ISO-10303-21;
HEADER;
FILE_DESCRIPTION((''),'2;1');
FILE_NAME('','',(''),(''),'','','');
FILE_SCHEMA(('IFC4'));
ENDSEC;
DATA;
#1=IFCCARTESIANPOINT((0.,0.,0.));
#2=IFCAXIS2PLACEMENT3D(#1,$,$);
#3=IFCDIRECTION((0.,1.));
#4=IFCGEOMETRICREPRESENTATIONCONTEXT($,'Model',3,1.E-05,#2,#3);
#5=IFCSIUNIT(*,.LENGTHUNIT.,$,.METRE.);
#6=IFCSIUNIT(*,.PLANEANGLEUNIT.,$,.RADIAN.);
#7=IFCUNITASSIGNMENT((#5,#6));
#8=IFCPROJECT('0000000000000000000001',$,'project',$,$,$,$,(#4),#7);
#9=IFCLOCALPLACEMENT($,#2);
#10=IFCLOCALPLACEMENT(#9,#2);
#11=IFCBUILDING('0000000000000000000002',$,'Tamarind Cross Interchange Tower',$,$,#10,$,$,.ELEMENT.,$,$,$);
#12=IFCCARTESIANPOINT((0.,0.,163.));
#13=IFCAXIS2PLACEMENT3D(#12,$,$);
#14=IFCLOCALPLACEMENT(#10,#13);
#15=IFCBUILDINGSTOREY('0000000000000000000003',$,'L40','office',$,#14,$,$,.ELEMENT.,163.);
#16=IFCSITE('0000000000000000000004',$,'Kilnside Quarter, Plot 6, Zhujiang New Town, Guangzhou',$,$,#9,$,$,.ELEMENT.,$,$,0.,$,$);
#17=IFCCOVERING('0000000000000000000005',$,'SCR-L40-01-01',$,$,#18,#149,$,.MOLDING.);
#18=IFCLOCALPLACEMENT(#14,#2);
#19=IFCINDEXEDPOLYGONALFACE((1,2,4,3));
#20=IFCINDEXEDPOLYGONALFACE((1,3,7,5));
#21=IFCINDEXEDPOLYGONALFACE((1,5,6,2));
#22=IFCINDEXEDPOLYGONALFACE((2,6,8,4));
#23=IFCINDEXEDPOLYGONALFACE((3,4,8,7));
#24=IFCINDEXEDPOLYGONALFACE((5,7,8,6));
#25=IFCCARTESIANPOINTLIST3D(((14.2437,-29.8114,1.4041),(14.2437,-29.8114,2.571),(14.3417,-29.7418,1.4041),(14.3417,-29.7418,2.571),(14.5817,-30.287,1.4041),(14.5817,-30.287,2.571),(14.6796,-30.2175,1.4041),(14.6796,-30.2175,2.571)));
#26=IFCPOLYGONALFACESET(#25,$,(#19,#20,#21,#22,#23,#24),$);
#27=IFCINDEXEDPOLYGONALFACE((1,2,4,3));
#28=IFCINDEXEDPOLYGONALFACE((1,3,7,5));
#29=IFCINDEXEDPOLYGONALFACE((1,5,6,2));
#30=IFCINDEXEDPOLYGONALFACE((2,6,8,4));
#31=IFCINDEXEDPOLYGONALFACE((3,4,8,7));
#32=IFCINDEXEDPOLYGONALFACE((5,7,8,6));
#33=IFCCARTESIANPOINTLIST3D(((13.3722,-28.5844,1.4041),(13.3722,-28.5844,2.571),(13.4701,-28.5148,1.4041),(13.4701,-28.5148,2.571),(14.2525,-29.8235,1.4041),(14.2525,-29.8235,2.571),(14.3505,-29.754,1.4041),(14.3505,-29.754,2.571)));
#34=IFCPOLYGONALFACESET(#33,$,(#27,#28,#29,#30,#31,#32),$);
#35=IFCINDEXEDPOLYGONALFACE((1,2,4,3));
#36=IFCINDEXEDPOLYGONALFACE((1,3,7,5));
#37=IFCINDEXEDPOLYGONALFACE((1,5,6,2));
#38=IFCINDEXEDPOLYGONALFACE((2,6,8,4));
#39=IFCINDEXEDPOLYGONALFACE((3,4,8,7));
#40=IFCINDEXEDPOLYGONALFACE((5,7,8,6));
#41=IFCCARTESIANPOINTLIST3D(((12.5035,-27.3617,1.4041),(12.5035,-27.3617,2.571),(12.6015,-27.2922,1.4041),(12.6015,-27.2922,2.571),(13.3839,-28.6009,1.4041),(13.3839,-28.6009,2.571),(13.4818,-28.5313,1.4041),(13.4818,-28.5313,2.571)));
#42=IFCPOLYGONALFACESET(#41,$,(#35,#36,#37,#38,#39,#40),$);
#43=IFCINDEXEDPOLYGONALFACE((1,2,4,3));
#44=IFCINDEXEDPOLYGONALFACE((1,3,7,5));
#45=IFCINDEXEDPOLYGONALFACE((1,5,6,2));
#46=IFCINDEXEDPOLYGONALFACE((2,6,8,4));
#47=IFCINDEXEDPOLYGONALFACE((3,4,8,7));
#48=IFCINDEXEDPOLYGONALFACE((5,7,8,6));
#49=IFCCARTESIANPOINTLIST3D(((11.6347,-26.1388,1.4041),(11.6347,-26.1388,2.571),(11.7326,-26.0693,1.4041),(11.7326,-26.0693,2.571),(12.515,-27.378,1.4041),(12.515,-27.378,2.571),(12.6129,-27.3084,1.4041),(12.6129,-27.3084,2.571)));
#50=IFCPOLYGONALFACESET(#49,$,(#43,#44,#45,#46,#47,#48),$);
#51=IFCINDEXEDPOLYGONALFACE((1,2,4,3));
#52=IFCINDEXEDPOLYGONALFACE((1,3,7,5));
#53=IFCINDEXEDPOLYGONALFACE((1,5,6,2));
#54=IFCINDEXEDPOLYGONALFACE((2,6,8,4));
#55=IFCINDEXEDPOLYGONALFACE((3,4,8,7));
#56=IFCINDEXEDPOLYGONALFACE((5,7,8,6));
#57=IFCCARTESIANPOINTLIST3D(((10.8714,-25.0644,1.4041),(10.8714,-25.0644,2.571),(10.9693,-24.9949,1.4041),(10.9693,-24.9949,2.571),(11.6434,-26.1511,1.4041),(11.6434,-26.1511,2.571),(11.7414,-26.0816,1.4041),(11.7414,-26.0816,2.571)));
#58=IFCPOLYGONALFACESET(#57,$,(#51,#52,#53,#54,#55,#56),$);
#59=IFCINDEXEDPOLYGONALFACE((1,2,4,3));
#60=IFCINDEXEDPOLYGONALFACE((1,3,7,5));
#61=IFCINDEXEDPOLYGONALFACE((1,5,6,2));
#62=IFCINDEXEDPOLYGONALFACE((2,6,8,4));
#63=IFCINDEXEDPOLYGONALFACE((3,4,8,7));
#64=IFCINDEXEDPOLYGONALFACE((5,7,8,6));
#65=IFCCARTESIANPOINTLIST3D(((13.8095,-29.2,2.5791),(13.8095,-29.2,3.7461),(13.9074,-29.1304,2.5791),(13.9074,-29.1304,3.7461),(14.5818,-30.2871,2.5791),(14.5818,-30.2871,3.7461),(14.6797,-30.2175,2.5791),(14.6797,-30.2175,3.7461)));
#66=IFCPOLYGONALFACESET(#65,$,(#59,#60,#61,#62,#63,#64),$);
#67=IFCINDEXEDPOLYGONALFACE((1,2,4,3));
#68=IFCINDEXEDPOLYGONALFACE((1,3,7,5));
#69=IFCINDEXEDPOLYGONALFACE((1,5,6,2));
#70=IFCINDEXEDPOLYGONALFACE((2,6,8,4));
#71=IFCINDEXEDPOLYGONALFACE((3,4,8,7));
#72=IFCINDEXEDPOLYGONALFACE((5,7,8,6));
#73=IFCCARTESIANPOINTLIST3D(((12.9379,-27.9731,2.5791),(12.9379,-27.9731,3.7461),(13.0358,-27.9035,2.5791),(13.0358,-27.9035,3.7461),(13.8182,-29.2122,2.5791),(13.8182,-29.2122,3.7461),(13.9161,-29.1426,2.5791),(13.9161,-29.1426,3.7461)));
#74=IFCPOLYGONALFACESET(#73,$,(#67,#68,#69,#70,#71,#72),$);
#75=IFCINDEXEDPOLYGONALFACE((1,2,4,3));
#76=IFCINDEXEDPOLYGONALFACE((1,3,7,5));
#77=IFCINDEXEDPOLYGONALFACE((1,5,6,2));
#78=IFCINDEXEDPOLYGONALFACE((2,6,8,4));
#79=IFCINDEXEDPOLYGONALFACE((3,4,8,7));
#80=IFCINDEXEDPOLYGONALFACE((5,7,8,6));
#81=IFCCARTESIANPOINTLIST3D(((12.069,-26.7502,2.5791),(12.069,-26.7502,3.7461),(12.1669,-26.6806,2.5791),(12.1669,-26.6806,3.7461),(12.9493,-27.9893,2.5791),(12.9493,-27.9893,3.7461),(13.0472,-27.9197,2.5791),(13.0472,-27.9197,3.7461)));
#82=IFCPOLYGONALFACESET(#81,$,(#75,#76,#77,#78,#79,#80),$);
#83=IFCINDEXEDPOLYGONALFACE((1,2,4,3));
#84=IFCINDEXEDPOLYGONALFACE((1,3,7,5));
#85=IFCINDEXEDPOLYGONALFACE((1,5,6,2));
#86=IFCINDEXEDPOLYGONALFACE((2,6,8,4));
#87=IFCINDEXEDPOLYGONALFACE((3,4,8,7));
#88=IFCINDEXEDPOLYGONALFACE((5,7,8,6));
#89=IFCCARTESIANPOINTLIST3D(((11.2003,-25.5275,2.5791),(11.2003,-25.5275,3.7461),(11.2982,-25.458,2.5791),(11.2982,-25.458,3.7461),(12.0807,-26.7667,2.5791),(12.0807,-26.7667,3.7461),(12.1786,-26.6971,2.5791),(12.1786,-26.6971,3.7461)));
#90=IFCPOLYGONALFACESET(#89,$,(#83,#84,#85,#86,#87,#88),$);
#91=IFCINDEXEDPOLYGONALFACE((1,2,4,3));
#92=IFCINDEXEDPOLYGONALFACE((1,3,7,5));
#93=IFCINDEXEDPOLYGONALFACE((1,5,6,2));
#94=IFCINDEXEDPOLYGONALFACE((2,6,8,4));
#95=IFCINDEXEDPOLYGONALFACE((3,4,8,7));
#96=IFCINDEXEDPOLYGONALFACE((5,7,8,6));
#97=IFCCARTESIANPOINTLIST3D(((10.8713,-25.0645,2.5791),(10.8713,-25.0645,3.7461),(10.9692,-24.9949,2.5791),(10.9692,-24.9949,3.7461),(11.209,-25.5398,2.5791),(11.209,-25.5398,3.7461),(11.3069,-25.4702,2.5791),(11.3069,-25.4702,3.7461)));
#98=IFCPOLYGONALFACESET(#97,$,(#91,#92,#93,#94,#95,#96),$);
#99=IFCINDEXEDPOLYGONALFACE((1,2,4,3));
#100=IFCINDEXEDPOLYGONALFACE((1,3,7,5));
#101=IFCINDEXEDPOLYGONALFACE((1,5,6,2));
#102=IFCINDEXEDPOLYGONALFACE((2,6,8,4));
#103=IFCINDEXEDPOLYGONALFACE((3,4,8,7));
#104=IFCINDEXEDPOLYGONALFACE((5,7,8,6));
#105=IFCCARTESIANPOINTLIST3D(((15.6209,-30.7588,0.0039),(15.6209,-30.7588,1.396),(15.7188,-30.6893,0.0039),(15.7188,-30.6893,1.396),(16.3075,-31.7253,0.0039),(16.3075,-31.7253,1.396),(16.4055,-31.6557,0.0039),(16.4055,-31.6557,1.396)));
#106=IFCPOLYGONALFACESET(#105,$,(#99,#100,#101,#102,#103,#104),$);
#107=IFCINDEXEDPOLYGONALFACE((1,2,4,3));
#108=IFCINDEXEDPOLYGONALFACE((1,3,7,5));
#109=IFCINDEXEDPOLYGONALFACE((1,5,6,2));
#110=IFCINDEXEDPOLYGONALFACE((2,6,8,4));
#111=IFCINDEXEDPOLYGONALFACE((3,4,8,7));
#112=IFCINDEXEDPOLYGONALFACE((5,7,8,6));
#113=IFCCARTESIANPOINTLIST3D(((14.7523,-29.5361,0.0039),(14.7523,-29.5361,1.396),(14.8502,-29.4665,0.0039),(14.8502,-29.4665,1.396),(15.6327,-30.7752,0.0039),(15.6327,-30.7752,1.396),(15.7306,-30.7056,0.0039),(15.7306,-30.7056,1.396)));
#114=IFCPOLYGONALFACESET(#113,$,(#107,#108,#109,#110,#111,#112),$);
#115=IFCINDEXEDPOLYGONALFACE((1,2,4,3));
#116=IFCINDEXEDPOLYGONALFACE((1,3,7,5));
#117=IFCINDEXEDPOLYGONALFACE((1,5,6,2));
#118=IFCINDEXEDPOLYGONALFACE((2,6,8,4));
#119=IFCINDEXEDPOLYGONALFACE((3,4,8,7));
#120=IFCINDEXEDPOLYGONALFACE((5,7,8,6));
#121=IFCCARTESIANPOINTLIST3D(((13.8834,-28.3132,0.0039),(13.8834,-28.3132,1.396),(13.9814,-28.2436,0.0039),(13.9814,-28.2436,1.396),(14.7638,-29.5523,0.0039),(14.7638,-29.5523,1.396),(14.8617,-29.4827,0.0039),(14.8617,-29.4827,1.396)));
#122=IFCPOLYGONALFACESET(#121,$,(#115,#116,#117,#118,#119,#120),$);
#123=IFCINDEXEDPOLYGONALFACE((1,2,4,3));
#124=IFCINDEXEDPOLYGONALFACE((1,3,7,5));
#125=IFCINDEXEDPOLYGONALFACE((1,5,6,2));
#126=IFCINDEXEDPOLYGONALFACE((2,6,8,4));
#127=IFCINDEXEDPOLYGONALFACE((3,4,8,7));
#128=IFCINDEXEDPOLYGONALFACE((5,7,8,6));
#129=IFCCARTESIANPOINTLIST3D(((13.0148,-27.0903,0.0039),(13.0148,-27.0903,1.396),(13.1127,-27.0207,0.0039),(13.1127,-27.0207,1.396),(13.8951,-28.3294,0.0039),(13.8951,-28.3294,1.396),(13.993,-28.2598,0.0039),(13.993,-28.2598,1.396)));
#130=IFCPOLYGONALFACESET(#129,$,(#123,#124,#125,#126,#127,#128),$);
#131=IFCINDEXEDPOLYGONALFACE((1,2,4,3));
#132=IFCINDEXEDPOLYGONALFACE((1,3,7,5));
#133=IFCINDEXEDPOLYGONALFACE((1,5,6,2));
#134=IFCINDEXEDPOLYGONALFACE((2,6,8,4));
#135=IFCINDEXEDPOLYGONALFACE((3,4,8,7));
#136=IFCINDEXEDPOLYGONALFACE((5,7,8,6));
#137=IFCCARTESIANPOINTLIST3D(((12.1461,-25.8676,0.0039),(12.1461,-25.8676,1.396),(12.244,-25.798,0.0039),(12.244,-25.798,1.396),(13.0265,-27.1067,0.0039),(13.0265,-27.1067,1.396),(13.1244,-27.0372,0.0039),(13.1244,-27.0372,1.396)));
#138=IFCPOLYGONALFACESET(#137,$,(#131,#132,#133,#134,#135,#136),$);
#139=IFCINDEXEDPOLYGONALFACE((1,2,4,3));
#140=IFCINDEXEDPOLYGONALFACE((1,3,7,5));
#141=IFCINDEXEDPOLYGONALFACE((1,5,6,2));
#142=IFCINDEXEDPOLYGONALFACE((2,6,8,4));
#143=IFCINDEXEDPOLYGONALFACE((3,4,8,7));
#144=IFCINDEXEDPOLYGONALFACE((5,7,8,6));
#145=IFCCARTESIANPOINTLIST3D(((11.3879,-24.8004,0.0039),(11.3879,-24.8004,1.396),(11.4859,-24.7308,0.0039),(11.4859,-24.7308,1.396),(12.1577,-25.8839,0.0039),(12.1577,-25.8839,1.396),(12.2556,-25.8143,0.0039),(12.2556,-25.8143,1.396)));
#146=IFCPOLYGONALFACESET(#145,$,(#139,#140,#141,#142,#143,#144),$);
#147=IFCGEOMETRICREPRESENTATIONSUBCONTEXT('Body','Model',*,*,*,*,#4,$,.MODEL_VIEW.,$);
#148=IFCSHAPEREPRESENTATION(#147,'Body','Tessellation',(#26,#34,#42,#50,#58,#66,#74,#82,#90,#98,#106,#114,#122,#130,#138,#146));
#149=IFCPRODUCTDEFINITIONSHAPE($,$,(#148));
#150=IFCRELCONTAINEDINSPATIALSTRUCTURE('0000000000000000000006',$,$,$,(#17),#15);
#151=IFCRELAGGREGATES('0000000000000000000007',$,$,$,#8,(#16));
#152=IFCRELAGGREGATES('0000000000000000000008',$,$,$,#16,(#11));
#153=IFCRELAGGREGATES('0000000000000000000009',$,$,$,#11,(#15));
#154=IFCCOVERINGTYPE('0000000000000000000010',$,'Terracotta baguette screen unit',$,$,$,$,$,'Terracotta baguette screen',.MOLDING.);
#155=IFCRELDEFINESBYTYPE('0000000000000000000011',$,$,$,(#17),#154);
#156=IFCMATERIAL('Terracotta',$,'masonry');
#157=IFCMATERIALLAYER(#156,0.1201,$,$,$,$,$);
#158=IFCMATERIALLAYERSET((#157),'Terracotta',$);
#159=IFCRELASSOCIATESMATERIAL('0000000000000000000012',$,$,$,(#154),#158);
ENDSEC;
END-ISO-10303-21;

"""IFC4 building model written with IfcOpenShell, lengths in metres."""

from ifc_helpers import new_model, si_unit, direction, frame, origin, origin_2d, place, context, subcontext, project, spatial, rectangle, extrude, material, layer, layer_set, type_object, element, save


model = new_model("IFC4")

# Units and contexts
model_context = context("Model", 3, precision=1e-05, world=origin(), true_north=direction((0.0, 1.0)))
body_context = subcontext(model_context, "Body", "Model", "MODEL_VIEW")
ifc_project = project(units=[si_unit("LENGTHUNIT", "METRE"), si_unit("PLANEANGLEUNIT", "RADIAN")], contexts=[model_context])

# Site, building, storey
site_placement = place(None, origin())
site = spatial("IfcSite", under=ifc_project, at=site_placement, Name="Kilnside Quarter, Plot 6, Zhujiang New Town, Guangzhou", CompositionType="ELEMENT", RefElevation=0.0)
building_placement = place(site_placement, origin())
building = spatial("IfcBuilding", under=site, at=building_placement, Name="Tamarind Cross Interchange Tower", CompositionType="ELEMENT")
storey_placement = place(building_placement, frame((0.0, 0.0, 163.0)))
storey = spatial("IfcBuildingStorey", under=building, at=storey_placement, Name="L40", Description="office", CompositionType="ELEMENT", Elevation=163.0)

# Covering
ifc_material_1 = material(Name="Terracotta", Category="masonry")
ifc_layer_1 = layer(ifc_material_1, 0.1201)
ifc_layer_set_1 = layer_set([ifc_layer_1], Name="Terracotta")
covering_type = type_object("IfcCoveringType", Name="Terracotta baguette screen unit", ElementType="Terracotta baguette screen", PredefinedType="MOLDING", material=ifc_layer_set_1)
covering_1_placement = place(storey_placement, origin())
element("IfcCovering", 1, at=covering_1_placement, inside=storey, type_object=covering_type, Name="SCR-L40-01-01", PredefinedType="MOLDING", context=body_context, shape_type="SweptSolid", body=[
    extrude(rectangle(XDim=0.5835, YDim=0.1201, at=origin_2d()), frame((14.4617, -30.0144, 1.4041), z_axis=(0.0, 0.0, 1.0), x_axis=(-0.579159, 0.815215, 0.0)), (0.0, 0.0, 1.0), 1.167),
    extrude(rectangle(XDim=1.52, YDim=0.1201, at=origin_2d()), frame((13.8613, -29.1692, 1.4041), z_axis=(0.0, 0.0, 1.0), x_axis=(-0.579159, 0.815215, 0.0)), (0.0, 0.0, 1.0), 1.167),
    extrude(rectangle(XDim=1.52, YDim=0.1201, at=origin_2d()), frame((12.9927, -27.9465, 1.4041), z_axis=(0.0, 0.0, 1.0), x_axis=(-0.579159, 0.815215, 0.0)), (0.0, 0.0, 1.0), 1.167),
    extrude(rectangle(XDim=1.52, YDim=0.1201, at=origin_2d()), frame((12.1238, -26.7236, 1.4041), z_axis=(0.0, 0.0, 1.0), x_axis=(-0.579159, 0.815215, 0.0)), (0.0, 0.0, 1.0), 1.167),
    extrude(rectangle(XDim=1.333, YDim=0.1201, at=origin_2d()), frame((11.3064, -25.573, 1.4041), z_axis=(0.0, 0.0, 1.0), x_axis=(-0.579159, 0.815215, 0.0)), (0.0, 0.0, 1.0), 1.167),
    extrude(rectangle(XDim=1.3335, YDim=0.1201, at=origin_2d()), frame((14.2446, -29.7087, 2.5791), z_axis=(0.0, 0.0, 1.0), x_axis=(-0.579159, 0.815215, 0.0)), (0.0, 0.0, 1.0), 1.167),
    extrude(rectangle(XDim=1.52, YDim=0.1201, at=origin_2d()), frame((13.427, -28.5579, 2.5791), z_axis=(0.0, 0.0, 1.0), x_axis=(-0.579159, 0.815215, 0.0)), (0.0, 0.0, 1.0), 1.167),
    extrude(rectangle(XDim=1.52, YDim=0.1201, at=origin_2d()), frame((12.5581, -27.335, 2.5791), z_axis=(0.0, 0.0, 1.0), x_axis=(-0.579159, 0.815215, 0.0)), (0.0, 0.0, 1.0), 1.167),
    extrude(rectangle(XDim=1.52, YDim=0.1201, at=origin_2d()), frame((11.6895, -26.1123, 2.5791), z_axis=(0.0, 0.0, 1.0), x_axis=(-0.579159, 0.815215, 0.0)), (0.0, 0.0, 1.0), 1.167),
    extrude(rectangle(XDim=0.583, YDim=0.1201, at=origin_2d()), frame((11.0891, -25.2673, 2.5791), z_axis=(0.0, 0.0, 1.0), x_axis=(-0.579159, 0.815215, 0.0)), (0.0, 0.0, 1.0), 1.167),
    extrude(rectangle(XDim=1.1855, YDim=0.1201, at=origin_2d()), frame((16.0132, -31.2073, 0.0039), z_axis=(0.0, 0.0, 1.0), x_axis=(-0.579159, 0.815215, 0.0)), (0.0, 0.0, 1.0), 1.3921),
    extrude(rectangle(XDim=1.52, YDim=0.1201, at=origin_2d()), frame((15.2415, -30.1208, 0.0039), z_axis=(0.0, 0.0, 1.0), x_axis=(-0.579159, 0.815215, 0.0)), (0.0, 0.0, 1.0), 1.3921),
    extrude(rectangle(XDim=1.52, YDim=0.1201, at=origin_2d()), frame((14.3726, -28.8979, 0.0039), z_axis=(0.0, 0.0, 1.0), x_axis=(-0.579159, 0.815215, 0.0)), (0.0, 0.0, 1.0), 1.3921),
    extrude(rectangle(XDim=1.52, YDim=0.1201, at=origin_2d()), frame((13.5039, -27.675, 0.0039), z_axis=(0.0, 0.0, 1.0), x_axis=(-0.579159, 0.815215, 0.0)), (0.0, 0.0, 1.0), 1.3921),
    extrude(rectangle(XDim=1.52, YDim=0.1201, at=origin_2d()), frame((12.6353, -26.4524, 0.0039), z_axis=(0.0, 0.0, 1.0), x_axis=(-0.579159, 0.815215, 0.0)), (0.0, 0.0, 1.0), 1.3921),
    extrude(rectangle(XDim=1.3291, YDim=0.1201, at=origin_2d()), frame((11.8218, -25.3074, 0.0039), z_axis=(0.0, 0.0, 1.0), x_axis=(-0.579159, 0.815215, 0.0)), (0.0, 0.0, 1.0), 1.3921),
])

save(model, "model.ifc")
